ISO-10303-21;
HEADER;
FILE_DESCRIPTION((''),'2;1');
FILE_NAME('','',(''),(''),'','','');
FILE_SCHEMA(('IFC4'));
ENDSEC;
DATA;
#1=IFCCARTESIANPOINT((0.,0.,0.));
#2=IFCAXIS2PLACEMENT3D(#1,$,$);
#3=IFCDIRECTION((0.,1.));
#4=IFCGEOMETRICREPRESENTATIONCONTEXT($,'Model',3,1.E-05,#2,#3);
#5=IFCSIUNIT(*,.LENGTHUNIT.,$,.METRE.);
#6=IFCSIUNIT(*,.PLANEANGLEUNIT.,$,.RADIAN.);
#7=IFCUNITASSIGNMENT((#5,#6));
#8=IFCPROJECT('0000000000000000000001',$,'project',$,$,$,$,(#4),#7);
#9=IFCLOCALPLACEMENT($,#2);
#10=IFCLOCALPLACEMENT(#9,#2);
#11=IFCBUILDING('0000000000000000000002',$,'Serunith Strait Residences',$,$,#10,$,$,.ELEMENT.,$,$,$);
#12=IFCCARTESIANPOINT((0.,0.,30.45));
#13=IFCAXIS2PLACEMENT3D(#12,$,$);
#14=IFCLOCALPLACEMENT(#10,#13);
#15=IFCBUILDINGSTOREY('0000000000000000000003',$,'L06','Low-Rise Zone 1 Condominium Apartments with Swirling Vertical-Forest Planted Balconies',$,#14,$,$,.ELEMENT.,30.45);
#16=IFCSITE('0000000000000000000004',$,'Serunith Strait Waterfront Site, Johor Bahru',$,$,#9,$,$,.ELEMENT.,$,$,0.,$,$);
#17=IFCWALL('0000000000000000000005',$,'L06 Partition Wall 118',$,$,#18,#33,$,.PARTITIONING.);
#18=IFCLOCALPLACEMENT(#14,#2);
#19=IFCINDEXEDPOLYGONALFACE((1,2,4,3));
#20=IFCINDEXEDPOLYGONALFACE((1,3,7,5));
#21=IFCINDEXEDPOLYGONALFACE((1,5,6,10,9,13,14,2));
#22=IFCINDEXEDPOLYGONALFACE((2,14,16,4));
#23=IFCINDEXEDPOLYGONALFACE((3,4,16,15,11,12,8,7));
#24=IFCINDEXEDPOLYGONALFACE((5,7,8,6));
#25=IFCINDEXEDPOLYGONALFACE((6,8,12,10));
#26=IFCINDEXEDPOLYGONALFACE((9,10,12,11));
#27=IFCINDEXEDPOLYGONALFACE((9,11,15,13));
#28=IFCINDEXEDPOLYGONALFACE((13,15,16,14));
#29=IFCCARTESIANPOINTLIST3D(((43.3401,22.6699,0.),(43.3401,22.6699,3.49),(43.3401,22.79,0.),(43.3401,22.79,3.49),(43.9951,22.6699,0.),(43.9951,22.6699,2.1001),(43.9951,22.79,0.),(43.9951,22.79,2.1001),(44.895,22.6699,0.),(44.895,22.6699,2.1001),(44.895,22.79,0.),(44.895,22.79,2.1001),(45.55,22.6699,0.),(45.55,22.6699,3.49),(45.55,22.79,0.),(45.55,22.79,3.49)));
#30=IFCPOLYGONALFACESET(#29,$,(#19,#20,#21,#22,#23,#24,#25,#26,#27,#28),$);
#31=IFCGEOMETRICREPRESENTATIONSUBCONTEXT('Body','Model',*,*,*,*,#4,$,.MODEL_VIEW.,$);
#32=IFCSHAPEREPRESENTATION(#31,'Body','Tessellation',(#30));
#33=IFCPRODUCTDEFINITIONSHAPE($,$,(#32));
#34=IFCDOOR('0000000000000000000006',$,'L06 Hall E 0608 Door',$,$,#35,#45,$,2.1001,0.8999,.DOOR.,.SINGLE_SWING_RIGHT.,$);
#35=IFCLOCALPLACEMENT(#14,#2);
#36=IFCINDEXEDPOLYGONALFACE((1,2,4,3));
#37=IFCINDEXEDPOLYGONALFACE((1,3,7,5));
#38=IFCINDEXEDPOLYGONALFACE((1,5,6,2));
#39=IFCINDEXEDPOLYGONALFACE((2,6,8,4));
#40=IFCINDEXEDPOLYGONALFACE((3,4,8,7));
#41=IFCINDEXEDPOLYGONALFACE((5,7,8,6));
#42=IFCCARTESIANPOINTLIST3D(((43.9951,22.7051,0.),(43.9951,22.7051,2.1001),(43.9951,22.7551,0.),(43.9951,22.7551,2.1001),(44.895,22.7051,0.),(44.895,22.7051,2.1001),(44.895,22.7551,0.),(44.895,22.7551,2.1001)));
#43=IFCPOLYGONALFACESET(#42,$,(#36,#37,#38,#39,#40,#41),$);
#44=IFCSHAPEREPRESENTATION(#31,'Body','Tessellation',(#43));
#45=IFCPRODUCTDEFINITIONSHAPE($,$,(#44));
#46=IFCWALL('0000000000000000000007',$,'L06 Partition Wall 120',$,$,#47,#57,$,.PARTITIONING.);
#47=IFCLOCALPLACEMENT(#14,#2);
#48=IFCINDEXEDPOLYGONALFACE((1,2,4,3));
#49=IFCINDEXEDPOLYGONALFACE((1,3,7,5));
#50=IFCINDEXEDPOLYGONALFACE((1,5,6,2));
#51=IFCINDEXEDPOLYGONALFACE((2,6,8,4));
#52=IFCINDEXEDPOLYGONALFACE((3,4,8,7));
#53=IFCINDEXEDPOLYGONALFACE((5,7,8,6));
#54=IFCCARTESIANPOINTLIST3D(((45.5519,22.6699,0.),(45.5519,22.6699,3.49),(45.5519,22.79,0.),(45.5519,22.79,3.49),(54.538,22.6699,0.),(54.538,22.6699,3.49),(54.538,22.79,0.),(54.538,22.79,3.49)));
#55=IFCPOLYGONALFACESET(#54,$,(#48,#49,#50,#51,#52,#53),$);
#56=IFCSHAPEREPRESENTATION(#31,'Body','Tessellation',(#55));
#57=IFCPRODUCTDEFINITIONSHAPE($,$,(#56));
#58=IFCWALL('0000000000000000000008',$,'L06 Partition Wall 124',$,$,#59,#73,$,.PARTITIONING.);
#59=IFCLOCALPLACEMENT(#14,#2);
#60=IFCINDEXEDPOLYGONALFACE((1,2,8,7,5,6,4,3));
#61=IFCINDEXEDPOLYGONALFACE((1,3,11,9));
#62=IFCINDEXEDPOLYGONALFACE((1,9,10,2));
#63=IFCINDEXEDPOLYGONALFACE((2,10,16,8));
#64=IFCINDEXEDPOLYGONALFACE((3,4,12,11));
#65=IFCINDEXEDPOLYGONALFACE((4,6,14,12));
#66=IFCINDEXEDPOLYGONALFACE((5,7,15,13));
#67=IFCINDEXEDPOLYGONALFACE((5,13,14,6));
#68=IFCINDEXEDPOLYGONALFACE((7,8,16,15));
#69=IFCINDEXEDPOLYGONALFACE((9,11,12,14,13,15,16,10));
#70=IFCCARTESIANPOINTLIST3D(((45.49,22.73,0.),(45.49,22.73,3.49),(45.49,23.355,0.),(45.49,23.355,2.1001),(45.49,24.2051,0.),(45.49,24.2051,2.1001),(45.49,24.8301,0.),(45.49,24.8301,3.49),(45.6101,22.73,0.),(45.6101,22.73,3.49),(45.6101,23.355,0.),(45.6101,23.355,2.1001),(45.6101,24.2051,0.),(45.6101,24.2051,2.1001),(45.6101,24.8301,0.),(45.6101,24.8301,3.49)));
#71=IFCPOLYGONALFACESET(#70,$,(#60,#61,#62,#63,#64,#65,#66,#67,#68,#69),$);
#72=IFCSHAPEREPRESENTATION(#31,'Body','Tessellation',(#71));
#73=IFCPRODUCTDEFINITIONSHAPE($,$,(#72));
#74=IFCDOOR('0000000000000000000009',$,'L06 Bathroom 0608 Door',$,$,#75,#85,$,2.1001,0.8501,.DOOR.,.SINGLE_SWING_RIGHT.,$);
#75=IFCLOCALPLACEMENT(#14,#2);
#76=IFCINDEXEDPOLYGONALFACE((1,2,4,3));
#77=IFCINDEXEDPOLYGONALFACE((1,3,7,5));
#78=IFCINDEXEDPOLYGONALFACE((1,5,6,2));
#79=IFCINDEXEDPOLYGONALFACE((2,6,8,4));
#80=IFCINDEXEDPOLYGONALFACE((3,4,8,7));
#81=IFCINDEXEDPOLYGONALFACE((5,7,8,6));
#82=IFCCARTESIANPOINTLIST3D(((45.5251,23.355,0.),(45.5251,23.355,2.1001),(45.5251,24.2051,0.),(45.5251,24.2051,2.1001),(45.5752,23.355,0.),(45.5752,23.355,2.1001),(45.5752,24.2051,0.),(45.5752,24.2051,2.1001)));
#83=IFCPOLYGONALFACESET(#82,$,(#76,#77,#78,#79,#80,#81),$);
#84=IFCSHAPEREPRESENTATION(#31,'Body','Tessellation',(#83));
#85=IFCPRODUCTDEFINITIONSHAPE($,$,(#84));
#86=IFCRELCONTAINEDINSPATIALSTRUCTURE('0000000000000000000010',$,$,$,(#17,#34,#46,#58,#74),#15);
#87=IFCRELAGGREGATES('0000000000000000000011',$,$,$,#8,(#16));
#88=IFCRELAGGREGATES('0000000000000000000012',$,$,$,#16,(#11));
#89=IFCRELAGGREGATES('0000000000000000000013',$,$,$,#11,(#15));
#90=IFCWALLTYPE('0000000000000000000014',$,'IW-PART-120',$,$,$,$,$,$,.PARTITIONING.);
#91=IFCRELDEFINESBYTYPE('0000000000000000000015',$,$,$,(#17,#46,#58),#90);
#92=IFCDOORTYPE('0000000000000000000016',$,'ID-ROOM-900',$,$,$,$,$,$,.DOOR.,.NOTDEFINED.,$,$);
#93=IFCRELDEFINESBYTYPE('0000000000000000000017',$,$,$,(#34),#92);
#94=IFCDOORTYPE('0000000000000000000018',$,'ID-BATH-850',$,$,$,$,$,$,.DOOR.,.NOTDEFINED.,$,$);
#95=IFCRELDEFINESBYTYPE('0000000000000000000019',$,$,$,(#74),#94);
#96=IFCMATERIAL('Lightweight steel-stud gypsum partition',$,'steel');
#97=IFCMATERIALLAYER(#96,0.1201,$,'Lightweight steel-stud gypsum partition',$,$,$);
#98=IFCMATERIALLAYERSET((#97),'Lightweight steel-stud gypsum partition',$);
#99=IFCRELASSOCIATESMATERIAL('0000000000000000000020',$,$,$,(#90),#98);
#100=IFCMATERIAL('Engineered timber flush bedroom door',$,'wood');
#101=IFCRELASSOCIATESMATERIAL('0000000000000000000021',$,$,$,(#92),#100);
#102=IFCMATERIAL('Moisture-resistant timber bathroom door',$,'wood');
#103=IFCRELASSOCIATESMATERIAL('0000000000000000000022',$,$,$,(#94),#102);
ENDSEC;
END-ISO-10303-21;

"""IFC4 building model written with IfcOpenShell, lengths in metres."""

from ifc_helpers import new_model, si_unit, direction, frame, frame_2d, origin, place, context, subcontext, project, spatial, rectangle, extrude, source, transform, mapped, material, layer, layer_set, type_object, element, fill, save


model = new_model("IFC4")

# Units and contexts
model_context = context("Model", 3, precision=1e-05, world=origin(), true_north=direction((0.0, 1.0)))
body_context = subcontext(model_context, "Body", "Model", "MODEL_VIEW")
ifc_project = project(units=[si_unit("LENGTHUNIT", "METRE"), si_unit("PLANEANGLEUNIT", "RADIAN")], contexts=[model_context])

# Site, building, storey
site_placement = place(None, origin())
site = spatial("IfcSite", under=ifc_project, at=site_placement, Name="Serunith Strait Waterfront Site, Johor Bahru", CompositionType="ELEMENT", RefElevation=0.0)
building_placement = place(site_placement, origin())
building = spatial("IfcBuilding", under=site, at=building_placement, Name="Serunith Strait Residences", CompositionType="ELEMENT")
storey_placement = place(building_placement, frame((0.0, 0.0, 30.45)))
storey = spatial("IfcBuildingStorey", under=building, at=storey_placement, Name="L06", Description="Low-Rise Zone 1 Condominium Apartments with Swirling Vertical-Forest Planted Balconies", CompositionType="ELEMENT", Elevation=30.45)

# Shared definitions
ifc_material_1 = material(Name="Lightweight steel-stud gypsum partition", Category="steel")
ifc_layer = layer(ifc_material_1, 0.1201, Name="Lightweight steel-stud gypsum partition")
ifc_layer_set = layer_set([ifc_layer], Name="Lightweight steel-stud gypsum partition")
wall_type = type_object("IfcWallType", Name="IW-PART-120", PredefinedType="PARTITIONING", material=ifc_layer_set)
ifc_material_2 = material(Name="Engineered timber flush bedroom door", Category="wood")
door_type_1 = type_object("IfcDoorType", Name="ID-ROOM-900", OperationType="NOTDEFINED", PredefinedType="DOOR", material=ifc_material_2)
shared_shape_1 = source(origin(), body_context, "Body", "SweptSolid", [
    extrude(rectangle(XDim=0.8999, YDim=2.1001, at=frame_2d((0.45, 1.05))), frame((0.0, 0.0249, 0.0), z_axis=(0.0, -1.0, 0.0), x_axis=(1.0, 0.0, 0.0)), (0.0, 0.0, 1.0), 0.05),
])
ifc_material_3 = material(Name="Moisture-resistant timber bathroom door", Category="wood")
door_type_2 = type_object("IfcDoorType", Name="ID-BATH-850", OperationType="NOTDEFINED", PredefinedType="DOOR", material=ifc_material_3)
shared_shape_2 = source(origin(), body_context, "Body", "SweptSolid", [
    extrude(rectangle(XDim=0.8501, YDim=2.1001, at=frame_2d((0.425, 1.05))), frame((0.0, 0.0249, 0.0), z_axis=(0.0, -1.0, 0.0), x_axis=(1.0, 0.0, 0.0)), (0.0, 0.0, 1.0), 0.05),
])

# Wall, opening, door
wall_1_placement = place(storey_placement, frame((45.55, 22.73, 0.0), z_axis=(0.0, 0.0, 1.0), x_axis=(-1.0, 0.0, 0.0)))
wall_1 = element("IfcWall", 1, at=wall_1_placement, inside=storey, type_object=wall_type, Name="L06 Partition Wall 118", PredefinedType="PARTITIONING", context=body_context, shape_type="SweptSolid", body=[
    extrude(rectangle(XDim=2.21, YDim=0.1201, at=frame_2d((1.105, 0.0))), origin(), (0.0, 0.0, 1.0), 3.49),
])
opening_1_placement = place(wall_1_placement, frame((0.655, 0.0, 0.0)))
opening_1 = element("IfcOpeningElement", 2, at=opening_1_placement, cuts=wall_1, PredefinedType="OPENING", context=body_context, shape_type="SweptSolid", body=[
    extrude(rectangle(XDim=0.8999, YDim=2.1001, at=frame_2d((0.45, 1.05))), frame((0.0, 0.0701, 0.0), z_axis=(0.0, -1.0, 0.0), x_axis=(1.0, 0.0, 0.0)), (0.0, 0.0, 1.0), 0.1401),
])
door_1_placement = place(opening_1_placement, origin())
door_1 = element("IfcDoor", 3, at=door_1_placement, inside=storey, type_object=door_type_1, Name="L06 Hall E 0608 Door", OperationType="SINGLE_SWING_RIGHT", OverallHeight=2.1001, OverallWidth=0.8999, PredefinedType="DOOR", context=body_context, shape_type="MappedRepresentation", body=[
    mapped(shared_shape_1, transform((0.0, 0.0, 0.0), scale=1.0)),
])
fill(opening_1, door_1)

# Wall
wall_2_placement = place(storey_placement, frame((54.5381, 22.73, 0.0), z_axis=(0.0, 0.0, 1.0), x_axis=(-1.0, 0.0, 0.0)))
element("IfcWall", 4, at=wall_2_placement, inside=storey, type_object=wall_type, Name="L06 Partition Wall 120", PredefinedType="PARTITIONING", context=body_context, shape_type="SweptSolid", body=[
    extrude(rectangle(XDim=8.9861, YDim=0.1201, at=frame_2d((4.4932, 0.0))), origin(), (0.0, 0.0, 1.0), 3.49),
])

# Wall, opening, door
wall_3_placement = place(storey_placement, frame((45.55, 22.73, 0.0), z_axis=(0.0, 0.0, 1.0), x_axis=(0.0, 1.0, 0.0)))
wall_3 = element("IfcWall", 5, at=wall_3_placement, inside=storey, type_object=wall_type, Name="L06 Partition Wall 124", PredefinedType="PARTITIONING", context=body_context, shape_type="SweptSolid", body=[
    extrude(rectangle(XDim=2.1001, YDim=0.1201, at=frame_2d((1.05, 0.0))), origin(), (0.0, 0.0, 1.0), 3.49),
])
opening_2_placement = place(wall_3_placement, frame((0.625, 0.0, 0.0)))
opening_2 = element("IfcOpeningElement", 6, at=opening_2_placement, cuts=wall_3, PredefinedType="OPENING", context=body_context, shape_type="SweptSolid", body=[
    extrude(rectangle(XDim=0.8501, YDim=2.1001, at=frame_2d((0.425, 1.05))), frame((0.0, 0.0701, 0.0), z_axis=(0.0, -1.0, 0.0), x_axis=(1.0, 0.0, 0.0)), (0.0, 0.0, 1.0), 0.1401),
])
door_2_placement = place(opening_2_placement, origin())
door_2 = element("IfcDoor", 7, at=door_2_placement, inside=storey, type_object=door_type_2, Name="L06 Bathroom 0608 Door", OperationType="SINGLE_SWING_RIGHT", OverallHeight=2.1001, OverallWidth=0.8501, PredefinedType="DOOR", context=body_context, shape_type="MappedRepresentation", body=[
    mapped(shared_shape_2, transform((0.0, 0.0, 0.0), scale=1.0)),
])
fill(opening_2, door_2)

save(model, "model.ifc")
